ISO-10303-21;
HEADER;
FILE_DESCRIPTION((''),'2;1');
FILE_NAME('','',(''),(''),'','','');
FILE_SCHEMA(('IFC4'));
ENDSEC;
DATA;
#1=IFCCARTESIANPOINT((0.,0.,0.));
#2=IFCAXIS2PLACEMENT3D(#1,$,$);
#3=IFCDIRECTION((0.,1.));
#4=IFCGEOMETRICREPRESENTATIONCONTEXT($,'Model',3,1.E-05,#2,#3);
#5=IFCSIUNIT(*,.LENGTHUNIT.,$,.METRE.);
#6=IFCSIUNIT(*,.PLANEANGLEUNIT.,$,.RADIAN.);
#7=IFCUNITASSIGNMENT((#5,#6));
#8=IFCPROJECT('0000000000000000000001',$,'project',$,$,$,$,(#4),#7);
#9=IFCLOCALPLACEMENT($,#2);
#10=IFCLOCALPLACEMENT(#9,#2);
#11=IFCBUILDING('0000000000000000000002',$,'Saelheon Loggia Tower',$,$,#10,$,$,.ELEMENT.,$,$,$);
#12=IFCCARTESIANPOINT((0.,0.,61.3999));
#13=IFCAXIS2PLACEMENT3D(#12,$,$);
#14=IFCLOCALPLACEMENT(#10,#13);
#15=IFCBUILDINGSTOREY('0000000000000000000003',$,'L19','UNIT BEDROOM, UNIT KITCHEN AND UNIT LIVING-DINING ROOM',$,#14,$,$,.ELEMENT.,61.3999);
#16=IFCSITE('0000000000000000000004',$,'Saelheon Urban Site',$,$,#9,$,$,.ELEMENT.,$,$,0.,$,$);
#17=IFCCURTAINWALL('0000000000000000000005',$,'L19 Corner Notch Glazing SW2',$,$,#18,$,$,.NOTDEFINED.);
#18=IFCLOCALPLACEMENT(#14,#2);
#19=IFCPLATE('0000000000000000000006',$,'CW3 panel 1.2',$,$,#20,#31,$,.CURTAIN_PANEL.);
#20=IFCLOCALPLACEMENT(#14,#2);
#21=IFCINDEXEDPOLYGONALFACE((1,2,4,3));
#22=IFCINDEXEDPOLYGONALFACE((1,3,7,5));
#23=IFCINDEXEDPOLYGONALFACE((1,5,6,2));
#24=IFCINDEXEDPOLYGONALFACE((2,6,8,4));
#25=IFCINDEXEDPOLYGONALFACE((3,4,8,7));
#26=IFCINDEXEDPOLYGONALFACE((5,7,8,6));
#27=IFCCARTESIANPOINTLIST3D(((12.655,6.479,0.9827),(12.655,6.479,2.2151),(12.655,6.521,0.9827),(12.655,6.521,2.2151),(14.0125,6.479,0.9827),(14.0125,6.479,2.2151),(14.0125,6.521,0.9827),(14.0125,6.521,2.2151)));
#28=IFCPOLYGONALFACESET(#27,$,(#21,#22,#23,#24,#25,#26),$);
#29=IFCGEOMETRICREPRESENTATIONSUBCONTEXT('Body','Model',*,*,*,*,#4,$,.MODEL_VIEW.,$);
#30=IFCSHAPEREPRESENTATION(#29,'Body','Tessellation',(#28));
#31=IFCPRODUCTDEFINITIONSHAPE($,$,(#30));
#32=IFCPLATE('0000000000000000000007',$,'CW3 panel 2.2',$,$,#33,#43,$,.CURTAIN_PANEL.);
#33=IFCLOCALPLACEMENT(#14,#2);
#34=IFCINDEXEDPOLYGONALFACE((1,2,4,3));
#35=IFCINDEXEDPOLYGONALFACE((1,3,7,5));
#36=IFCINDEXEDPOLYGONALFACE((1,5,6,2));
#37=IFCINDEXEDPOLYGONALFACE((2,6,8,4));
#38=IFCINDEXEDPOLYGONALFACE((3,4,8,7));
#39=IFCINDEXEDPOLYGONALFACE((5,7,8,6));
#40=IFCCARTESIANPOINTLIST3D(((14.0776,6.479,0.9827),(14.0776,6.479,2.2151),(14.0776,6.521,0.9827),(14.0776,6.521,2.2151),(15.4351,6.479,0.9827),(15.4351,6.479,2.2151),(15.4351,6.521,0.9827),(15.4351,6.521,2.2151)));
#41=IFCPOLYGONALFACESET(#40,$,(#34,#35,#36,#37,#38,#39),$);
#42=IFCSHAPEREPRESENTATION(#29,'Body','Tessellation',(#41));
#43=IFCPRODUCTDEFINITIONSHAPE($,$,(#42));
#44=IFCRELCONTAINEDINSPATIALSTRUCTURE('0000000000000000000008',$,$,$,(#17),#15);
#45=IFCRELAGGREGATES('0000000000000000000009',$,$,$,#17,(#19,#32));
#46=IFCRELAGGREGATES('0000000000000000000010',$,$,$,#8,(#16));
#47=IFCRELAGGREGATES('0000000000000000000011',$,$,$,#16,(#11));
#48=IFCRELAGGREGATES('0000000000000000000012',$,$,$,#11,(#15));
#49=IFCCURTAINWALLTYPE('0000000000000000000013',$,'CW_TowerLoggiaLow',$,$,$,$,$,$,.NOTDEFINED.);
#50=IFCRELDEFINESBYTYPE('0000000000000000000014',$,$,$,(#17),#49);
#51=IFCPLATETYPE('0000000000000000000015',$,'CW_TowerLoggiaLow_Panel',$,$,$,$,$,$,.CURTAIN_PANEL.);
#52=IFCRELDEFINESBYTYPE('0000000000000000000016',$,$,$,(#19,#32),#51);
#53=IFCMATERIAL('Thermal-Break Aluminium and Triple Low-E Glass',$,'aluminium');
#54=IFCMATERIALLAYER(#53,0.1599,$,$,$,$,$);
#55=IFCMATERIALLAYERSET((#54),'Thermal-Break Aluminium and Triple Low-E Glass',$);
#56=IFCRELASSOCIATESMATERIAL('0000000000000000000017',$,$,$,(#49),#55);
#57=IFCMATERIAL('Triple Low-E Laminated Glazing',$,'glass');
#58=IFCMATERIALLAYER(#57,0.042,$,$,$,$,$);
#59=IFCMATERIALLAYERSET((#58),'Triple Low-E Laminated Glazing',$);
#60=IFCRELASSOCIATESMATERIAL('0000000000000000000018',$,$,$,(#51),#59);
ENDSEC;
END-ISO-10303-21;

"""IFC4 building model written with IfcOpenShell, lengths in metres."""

from ifc_helpers import new_model, si_unit, direction, frame, origin, origin_2d, place, context, subcontext, project, spatial, rectangle, extrude, source, transform, mapped, material, layer, layer_set, type_object, element, aggregate, save


model = new_model("IFC4")

# Units and contexts
model_context = context("Model", 3, precision=1e-05, world=origin(), true_north=direction((0.0, 1.0)))
body_context = subcontext(model_context, "Body", "Model", "MODEL_VIEW")
ifc_project = project(units=[si_unit("LENGTHUNIT", "METRE"), si_unit("PLANEANGLEUNIT", "RADIAN")], contexts=[model_context])

# Site, building, storey
site_placement = place(None, origin())
site = spatial("IfcSite", under=ifc_project, at=site_placement, Name="Saelheon Urban Site", CompositionType="ELEMENT", RefElevation=0.0)
building_placement = place(site_placement, origin())
building = spatial("IfcBuilding", under=site, at=building_placement, Name="Saelheon Loggia Tower", CompositionType="ELEMENT")
storey_placement = place(building_placement, frame((0.0, 0.0, 61.3999)))
storey = spatial("IfcBuildingStorey", under=building, at=storey_placement, Name="L19", Description="UNIT BEDROOM, UNIT KITCHEN AND UNIT LIVING-DINING ROOM", CompositionType="ELEMENT", Elevation=61.3999)

# Curtain wall, plates
ifc_material_1 = material(Name="Thermal-Break Aluminium and Triple Low-E Glass", Category="aluminium")
ifc_layer_1 = layer(ifc_material_1, 0.1599)
ifc_layer_set_1 = layer_set([ifc_layer_1], Name="Thermal-Break Aluminium and Triple Low-E Glass")
curtain_wall_type = type_object("IfcCurtainWallType", Name="CW_TowerLoggiaLow", PredefinedType="NOTDEFINED", material=ifc_layer_set_1)
curtain_wall_placement = place(storey_placement, origin())
curtain_wall = element("IfcCurtainWall", 1, at=curtain_wall_placement, inside=storey, type_object=curtain_wall_type, Name="L19 Corner Notch Glazing SW2", PredefinedType="NOTDEFINED")
ifc_material_2 = material(Name="Triple Low-E Laminated Glazing", Category="glass")
ifc_layer_2 = layer(ifc_material_2, 0.042)
ifc_layer_set_2 = layer_set([ifc_layer_2], Name="Triple Low-E Laminated Glazing")
plate_type = type_object("IfcPlateType", Name="CW_TowerLoggiaLow_Panel", PredefinedType="CURTAIN_PANEL", material=ifc_layer_set_2)
shared_shape_1 = source(origin(), body_context, "Body", "SweptSolid", [
    extrude(rectangle(XDim=1.3574, YDim=0.042, at=origin_2d()), origin(), (0.0, 0.0, 1.0), 1.2324),
])
plate_1_placement = place(storey_placement, frame((13.3337, 6.5, 0.9827), z_axis=(0.0, 0.0, 1.0), x_axis=(1.0, 0.0, 0.0)))
plate_1 = element("IfcPlate", 2, at=plate_1_placement, type_object=plate_type, Name="CW3 panel 1.2", PredefinedType="CURTAIN_PANEL", context=body_context, shape_type="MappedRepresentation", body=[
    mapped(shared_shape_1, transform((0.0, 0.0, 0.0), scale=1.0)),
])
plate_2_placement = place(storey_placement, frame((14.7563, 6.5, 0.9827), z_axis=(0.0, 0.0, 1.0), x_axis=(1.0, 0.0, 0.0)))
plate_2 = element("IfcPlate", 3, at=plate_2_placement, type_object=plate_type, Name="CW3 panel 2.2", PredefinedType="CURTAIN_PANEL", context=body_context, shape_type="MappedRepresentation", body=[
    mapped(shared_shape_1, transform((0.0, 0.0, 0.0), scale=1.0)),
])
aggregate(curtain_wall, [plate_1, plate_2])

save(model, "model.ifc")
